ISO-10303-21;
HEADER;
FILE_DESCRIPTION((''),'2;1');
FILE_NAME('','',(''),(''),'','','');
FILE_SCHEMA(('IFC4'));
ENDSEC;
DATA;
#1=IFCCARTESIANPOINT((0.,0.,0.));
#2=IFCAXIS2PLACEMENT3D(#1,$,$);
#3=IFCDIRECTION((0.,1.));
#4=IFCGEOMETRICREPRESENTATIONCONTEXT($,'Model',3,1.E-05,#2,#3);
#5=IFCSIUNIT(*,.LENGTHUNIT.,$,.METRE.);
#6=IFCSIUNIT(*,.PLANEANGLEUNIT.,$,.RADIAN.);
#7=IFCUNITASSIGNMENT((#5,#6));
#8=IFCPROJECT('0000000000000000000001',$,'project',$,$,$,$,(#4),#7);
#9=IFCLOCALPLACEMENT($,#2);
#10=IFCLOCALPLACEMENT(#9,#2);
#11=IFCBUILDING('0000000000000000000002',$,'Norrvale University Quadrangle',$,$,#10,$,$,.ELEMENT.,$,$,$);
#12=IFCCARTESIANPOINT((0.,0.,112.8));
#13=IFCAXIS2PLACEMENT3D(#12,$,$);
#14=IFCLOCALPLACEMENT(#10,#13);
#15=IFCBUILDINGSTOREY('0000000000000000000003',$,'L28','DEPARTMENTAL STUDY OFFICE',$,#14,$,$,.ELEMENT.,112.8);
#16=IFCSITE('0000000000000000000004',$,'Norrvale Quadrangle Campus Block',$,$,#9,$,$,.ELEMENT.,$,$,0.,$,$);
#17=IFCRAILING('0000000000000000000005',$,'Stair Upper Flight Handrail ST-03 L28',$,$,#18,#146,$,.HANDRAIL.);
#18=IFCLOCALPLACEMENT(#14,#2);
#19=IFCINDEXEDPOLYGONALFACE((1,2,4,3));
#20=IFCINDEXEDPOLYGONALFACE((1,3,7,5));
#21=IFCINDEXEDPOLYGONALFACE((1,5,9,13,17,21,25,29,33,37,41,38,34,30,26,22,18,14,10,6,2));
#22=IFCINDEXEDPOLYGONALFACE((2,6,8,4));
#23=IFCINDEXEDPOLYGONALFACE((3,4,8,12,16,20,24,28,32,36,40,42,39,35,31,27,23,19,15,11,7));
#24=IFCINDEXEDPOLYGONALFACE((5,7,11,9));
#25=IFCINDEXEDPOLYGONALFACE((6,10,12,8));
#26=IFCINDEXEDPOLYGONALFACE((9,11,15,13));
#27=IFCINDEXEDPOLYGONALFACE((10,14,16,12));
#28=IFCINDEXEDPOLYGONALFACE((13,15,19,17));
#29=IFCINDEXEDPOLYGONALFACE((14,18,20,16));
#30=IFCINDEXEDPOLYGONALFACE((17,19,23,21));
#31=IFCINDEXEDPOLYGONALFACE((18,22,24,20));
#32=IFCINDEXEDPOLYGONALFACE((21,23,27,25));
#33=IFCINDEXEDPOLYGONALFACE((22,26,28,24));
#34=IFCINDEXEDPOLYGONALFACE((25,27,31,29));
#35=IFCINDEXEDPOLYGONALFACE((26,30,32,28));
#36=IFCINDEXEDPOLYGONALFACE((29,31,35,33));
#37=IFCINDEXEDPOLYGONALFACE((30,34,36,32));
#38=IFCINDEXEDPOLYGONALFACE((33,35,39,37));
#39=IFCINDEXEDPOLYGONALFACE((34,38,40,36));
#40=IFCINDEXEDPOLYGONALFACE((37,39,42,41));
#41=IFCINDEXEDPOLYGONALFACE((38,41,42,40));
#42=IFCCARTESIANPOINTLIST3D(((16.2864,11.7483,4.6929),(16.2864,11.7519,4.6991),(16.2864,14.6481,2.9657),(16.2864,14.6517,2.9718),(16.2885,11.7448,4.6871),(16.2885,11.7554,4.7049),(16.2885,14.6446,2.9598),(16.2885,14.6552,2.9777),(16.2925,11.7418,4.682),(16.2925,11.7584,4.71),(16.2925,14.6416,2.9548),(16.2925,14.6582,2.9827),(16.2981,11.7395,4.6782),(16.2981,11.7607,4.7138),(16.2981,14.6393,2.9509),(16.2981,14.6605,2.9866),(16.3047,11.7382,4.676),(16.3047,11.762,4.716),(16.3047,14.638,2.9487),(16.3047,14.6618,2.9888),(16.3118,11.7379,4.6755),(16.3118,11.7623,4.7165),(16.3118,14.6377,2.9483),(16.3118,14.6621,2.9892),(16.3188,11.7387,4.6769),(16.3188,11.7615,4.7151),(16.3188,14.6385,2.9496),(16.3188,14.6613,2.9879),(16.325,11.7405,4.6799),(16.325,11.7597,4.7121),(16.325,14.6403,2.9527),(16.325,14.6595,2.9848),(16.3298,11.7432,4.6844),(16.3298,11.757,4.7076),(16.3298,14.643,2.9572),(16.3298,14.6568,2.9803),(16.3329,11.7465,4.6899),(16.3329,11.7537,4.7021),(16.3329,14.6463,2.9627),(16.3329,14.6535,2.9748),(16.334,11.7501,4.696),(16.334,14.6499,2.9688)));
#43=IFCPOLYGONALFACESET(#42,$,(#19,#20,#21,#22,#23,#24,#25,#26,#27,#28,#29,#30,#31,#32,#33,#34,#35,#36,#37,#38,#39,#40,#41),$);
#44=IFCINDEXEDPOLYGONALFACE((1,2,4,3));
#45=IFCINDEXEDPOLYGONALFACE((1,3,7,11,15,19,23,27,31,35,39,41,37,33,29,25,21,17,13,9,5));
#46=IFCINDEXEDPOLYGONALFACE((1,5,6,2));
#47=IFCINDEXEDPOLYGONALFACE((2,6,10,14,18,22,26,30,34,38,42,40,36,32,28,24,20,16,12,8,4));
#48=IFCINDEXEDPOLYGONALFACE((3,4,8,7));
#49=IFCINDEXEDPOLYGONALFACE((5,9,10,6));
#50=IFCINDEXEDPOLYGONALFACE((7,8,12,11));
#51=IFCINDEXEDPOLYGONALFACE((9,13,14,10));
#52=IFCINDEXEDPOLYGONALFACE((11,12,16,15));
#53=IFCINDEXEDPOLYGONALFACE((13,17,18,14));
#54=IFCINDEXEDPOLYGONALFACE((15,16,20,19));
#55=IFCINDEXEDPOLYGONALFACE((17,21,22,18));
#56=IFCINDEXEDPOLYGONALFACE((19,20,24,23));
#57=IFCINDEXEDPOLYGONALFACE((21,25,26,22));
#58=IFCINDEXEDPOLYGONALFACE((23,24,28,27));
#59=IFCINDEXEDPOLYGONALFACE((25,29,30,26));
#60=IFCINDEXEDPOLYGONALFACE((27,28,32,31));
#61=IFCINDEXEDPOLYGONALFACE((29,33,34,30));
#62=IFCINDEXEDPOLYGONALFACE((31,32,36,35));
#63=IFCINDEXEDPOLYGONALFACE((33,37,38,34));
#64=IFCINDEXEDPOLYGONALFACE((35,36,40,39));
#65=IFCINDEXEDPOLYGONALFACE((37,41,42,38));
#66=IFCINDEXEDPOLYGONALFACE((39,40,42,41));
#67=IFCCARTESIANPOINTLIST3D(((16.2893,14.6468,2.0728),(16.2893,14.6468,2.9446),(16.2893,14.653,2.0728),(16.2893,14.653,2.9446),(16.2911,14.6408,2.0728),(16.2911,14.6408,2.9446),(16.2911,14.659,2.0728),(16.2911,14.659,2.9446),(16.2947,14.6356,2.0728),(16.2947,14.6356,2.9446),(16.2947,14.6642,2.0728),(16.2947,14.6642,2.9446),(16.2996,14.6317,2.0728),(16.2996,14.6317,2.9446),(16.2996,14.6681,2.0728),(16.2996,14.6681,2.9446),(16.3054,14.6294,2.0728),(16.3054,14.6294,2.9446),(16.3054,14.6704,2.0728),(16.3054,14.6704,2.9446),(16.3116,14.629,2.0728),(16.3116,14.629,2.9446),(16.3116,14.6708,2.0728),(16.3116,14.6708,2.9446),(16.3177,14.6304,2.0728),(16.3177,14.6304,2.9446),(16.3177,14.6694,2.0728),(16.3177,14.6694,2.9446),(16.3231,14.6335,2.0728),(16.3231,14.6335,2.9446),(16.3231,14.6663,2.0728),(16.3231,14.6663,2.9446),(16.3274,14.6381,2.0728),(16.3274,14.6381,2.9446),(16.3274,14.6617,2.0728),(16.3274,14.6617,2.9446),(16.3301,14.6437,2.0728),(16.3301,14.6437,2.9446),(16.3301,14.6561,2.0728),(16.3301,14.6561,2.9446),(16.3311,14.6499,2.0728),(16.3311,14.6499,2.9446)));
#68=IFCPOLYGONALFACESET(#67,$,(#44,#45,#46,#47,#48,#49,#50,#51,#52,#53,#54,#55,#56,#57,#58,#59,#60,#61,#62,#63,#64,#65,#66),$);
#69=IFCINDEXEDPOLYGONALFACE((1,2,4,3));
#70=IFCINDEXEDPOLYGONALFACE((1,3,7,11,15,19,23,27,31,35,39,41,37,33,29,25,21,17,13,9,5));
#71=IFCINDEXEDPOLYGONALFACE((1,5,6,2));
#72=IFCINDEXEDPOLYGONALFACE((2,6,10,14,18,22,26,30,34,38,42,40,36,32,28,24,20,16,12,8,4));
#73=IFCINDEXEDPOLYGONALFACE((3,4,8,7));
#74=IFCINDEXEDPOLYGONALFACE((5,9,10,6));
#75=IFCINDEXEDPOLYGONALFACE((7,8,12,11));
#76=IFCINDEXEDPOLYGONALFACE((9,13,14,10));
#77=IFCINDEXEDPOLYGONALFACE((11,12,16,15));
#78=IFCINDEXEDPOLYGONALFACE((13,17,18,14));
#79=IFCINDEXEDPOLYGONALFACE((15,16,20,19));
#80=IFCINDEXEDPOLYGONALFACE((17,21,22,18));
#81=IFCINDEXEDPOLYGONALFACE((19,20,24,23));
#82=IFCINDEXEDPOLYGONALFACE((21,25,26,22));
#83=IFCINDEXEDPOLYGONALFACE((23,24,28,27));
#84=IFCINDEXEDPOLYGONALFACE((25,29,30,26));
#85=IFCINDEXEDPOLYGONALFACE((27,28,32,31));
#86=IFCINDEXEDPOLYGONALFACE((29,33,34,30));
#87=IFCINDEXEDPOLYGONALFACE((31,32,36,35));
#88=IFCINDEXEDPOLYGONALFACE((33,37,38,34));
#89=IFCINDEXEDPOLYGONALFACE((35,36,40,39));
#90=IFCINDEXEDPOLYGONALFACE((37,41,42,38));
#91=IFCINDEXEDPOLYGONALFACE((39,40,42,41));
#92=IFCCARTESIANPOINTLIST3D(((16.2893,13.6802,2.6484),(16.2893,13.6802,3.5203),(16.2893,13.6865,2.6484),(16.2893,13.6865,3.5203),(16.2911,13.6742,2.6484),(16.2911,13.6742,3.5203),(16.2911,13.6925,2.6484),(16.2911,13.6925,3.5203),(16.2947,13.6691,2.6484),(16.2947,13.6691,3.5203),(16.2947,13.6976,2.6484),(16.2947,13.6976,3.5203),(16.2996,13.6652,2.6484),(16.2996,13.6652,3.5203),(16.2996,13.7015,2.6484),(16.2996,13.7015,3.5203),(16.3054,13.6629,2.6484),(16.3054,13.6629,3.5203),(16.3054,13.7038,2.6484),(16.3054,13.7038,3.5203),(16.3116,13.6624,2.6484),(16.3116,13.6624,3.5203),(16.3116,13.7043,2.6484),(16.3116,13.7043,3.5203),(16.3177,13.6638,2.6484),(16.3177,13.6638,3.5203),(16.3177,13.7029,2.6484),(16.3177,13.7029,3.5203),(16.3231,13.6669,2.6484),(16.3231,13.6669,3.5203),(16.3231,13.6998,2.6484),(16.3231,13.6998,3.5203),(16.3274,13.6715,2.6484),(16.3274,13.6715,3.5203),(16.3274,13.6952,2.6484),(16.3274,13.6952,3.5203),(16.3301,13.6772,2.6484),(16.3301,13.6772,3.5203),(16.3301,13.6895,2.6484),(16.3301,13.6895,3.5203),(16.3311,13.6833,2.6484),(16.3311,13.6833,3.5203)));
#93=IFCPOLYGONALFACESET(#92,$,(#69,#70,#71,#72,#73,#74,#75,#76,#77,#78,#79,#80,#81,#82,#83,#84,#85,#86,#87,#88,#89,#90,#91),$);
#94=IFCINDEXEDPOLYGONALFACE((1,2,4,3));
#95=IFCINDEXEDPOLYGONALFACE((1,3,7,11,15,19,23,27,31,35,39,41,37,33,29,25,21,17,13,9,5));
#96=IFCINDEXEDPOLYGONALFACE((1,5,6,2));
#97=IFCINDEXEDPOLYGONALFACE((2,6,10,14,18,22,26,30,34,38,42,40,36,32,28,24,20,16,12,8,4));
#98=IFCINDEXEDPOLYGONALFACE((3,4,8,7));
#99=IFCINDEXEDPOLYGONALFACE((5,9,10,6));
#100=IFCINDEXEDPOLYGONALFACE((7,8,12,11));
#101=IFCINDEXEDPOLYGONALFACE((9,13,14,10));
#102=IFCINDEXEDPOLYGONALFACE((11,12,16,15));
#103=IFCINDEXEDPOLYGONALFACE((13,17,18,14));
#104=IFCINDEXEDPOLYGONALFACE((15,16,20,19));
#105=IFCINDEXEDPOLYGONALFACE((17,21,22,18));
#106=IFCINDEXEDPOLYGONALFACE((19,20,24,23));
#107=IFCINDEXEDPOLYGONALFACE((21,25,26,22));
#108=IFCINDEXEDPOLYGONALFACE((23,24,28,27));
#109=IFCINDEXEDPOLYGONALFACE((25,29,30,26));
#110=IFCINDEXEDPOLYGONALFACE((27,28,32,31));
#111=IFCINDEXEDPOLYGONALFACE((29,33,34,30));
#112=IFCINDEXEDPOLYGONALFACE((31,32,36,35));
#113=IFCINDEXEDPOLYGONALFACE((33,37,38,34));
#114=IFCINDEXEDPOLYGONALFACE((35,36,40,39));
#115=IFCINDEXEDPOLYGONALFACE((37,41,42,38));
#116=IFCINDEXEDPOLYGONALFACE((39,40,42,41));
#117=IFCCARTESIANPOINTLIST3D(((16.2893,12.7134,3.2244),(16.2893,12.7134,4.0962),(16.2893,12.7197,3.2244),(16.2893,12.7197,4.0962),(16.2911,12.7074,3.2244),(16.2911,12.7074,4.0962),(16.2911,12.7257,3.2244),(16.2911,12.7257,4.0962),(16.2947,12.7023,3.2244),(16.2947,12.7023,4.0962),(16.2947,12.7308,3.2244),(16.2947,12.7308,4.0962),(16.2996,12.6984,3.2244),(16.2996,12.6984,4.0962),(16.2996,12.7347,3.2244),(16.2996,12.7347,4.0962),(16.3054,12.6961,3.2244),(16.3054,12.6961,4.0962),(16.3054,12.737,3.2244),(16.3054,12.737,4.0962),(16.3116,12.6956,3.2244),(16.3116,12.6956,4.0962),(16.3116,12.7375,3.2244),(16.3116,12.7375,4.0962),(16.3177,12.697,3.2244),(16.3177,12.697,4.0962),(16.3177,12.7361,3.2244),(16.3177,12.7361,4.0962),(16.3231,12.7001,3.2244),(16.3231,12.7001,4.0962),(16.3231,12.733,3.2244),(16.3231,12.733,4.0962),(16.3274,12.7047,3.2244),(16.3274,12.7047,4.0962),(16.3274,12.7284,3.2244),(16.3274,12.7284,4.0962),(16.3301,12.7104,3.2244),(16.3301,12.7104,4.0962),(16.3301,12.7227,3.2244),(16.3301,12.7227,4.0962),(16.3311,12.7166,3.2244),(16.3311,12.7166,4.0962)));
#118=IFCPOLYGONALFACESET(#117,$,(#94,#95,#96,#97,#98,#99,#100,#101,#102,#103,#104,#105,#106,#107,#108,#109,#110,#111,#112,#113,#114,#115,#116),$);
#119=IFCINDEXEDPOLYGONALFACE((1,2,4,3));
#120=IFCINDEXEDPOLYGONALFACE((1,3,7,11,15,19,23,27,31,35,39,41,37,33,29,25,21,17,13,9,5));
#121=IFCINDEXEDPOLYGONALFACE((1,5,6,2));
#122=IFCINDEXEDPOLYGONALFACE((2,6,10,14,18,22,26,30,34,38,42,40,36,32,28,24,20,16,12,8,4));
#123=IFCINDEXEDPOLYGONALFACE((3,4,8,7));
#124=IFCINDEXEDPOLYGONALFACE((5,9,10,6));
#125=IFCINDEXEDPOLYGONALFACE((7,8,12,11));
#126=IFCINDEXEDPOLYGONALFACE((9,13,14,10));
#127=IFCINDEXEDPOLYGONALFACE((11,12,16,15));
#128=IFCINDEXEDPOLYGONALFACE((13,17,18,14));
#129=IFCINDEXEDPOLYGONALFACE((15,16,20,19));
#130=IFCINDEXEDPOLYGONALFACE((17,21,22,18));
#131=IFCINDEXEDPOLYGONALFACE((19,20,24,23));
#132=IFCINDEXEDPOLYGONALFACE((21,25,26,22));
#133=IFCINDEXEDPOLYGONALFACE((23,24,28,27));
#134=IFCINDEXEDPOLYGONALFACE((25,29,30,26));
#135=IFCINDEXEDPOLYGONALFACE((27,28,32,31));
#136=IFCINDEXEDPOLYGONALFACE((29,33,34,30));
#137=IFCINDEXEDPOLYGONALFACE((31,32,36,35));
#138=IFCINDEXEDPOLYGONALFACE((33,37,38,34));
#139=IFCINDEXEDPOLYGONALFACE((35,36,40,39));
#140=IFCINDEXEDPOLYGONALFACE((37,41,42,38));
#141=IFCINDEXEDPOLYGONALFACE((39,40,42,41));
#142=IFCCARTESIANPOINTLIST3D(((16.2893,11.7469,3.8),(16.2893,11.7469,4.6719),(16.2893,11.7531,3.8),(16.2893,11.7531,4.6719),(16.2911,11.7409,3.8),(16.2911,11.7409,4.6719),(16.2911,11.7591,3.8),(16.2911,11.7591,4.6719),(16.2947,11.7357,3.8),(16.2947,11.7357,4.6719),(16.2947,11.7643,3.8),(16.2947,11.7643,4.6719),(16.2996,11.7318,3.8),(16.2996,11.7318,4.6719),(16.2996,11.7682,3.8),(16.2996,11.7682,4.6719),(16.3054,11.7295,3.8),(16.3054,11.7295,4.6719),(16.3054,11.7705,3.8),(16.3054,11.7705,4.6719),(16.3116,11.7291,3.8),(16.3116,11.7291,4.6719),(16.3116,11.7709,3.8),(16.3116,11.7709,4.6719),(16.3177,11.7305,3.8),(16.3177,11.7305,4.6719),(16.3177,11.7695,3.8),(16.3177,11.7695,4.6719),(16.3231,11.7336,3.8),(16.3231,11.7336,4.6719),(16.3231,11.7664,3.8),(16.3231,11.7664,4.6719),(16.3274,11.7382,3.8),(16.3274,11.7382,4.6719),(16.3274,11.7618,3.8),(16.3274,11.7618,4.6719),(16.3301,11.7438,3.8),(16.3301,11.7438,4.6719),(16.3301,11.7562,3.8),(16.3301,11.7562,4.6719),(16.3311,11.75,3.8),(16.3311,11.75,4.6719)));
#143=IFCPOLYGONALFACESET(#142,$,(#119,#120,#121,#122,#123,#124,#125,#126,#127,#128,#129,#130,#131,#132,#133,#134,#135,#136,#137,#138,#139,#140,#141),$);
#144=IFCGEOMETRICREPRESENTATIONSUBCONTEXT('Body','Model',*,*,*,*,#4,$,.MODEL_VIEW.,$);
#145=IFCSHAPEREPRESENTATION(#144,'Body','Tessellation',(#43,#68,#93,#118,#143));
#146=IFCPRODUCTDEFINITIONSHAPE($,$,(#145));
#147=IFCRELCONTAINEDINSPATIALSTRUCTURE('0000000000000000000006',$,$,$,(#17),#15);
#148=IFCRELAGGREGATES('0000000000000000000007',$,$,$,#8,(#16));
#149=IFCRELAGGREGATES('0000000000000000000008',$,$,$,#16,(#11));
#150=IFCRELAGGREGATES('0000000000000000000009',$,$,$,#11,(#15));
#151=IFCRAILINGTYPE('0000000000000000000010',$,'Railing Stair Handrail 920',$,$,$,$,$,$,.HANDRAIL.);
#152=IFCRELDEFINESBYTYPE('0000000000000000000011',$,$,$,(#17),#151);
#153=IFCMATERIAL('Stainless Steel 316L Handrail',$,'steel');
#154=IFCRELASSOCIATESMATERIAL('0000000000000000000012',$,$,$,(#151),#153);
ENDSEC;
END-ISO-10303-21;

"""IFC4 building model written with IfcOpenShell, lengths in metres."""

from ifc_helpers import new_model, si_unit, direction, frame, origin, origin_2d, place, context, subcontext, project, spatial, circle, extrude, material, type_object, element, save


model = new_model("IFC4")

# Units and contexts
model_context = context("Model", 3, precision=1e-05, world=origin(), true_north=direction((0.0, 1.0)))
body_context = subcontext(model_context, "Body", "Model", "MODEL_VIEW")
ifc_project = project(units=[si_unit("LENGTHUNIT", "METRE"), si_unit("PLANEANGLEUNIT", "RADIAN")], contexts=[model_context])

# Site, building, storey
site_placement = place(None, origin())
site = spatial("IfcSite", under=ifc_project, at=site_placement, Name="Norrvale Quadrangle Campus Block", CompositionType="ELEMENT", RefElevation=0.0)
building_placement = place(site_placement, origin())
building = spatial("IfcBuilding", under=site, at=building_placement, Name="Norrvale University Quadrangle", CompositionType="ELEMENT")
storey_placement = place(building_placement, frame((0.0, 0.0, 112.8)))
storey = spatial("IfcBuildingStorey", under=building, at=storey_placement, Name="L28", Description="DEPARTMENTAL STUDY OFFICE", CompositionType="ELEMENT", Elevation=112.8)

# Railing
ifc_material_1 = material(Name="Stainless Steel 316L Handrail", Category="steel")
railing_type_1 = type_object("IfcRailingType", Name="Railing Stair Handrail 920", PredefinedType="HANDRAIL", material=ifc_material_1)
railing_1_placement = place(storey_placement, frame((16.3101, 14.6499, 2.0728)))
element("IfcRailing", 1, at=railing_1_placement, inside=storey, type_object=railing_type_1, Name="Stair Upper Flight Handrail ST-03 L28", PredefinedType="HANDRAIL", context=body_context, shape_type="SweptSolid", body=[
    extrude(circle(Radius=0.0239, at=origin_2d()), frame((0.0, 0.0, 0.896), z_axis=(0.0, -0.859141, 0.511738), x_axis=(1.0, 0.0, 0.0)), (0.0, 0.0, 1.0), 3.3752),
    extrude(circle(Radius=0.021, at=origin_2d()), origin(), (0.0, 0.0, 1.0), 0.8718),
    extrude(circle(Radius=0.021, at=origin_2d()), frame((0.0, -0.9666, 0.5757)), (0.0, 0.0, 1.0), 0.8718),
    extrude(circle(Radius=0.021, at=origin_2d()), frame((0.0, -1.9333, 1.1516)), (0.0, 0.0, 1.0), 0.8718),
    extrude(circle(Radius=0.021, at=origin_2d()), frame((0.0, -2.8999, 1.7273)), (0.0, 0.0, 1.0), 0.8718),
])

save(model, "model.ifc")
